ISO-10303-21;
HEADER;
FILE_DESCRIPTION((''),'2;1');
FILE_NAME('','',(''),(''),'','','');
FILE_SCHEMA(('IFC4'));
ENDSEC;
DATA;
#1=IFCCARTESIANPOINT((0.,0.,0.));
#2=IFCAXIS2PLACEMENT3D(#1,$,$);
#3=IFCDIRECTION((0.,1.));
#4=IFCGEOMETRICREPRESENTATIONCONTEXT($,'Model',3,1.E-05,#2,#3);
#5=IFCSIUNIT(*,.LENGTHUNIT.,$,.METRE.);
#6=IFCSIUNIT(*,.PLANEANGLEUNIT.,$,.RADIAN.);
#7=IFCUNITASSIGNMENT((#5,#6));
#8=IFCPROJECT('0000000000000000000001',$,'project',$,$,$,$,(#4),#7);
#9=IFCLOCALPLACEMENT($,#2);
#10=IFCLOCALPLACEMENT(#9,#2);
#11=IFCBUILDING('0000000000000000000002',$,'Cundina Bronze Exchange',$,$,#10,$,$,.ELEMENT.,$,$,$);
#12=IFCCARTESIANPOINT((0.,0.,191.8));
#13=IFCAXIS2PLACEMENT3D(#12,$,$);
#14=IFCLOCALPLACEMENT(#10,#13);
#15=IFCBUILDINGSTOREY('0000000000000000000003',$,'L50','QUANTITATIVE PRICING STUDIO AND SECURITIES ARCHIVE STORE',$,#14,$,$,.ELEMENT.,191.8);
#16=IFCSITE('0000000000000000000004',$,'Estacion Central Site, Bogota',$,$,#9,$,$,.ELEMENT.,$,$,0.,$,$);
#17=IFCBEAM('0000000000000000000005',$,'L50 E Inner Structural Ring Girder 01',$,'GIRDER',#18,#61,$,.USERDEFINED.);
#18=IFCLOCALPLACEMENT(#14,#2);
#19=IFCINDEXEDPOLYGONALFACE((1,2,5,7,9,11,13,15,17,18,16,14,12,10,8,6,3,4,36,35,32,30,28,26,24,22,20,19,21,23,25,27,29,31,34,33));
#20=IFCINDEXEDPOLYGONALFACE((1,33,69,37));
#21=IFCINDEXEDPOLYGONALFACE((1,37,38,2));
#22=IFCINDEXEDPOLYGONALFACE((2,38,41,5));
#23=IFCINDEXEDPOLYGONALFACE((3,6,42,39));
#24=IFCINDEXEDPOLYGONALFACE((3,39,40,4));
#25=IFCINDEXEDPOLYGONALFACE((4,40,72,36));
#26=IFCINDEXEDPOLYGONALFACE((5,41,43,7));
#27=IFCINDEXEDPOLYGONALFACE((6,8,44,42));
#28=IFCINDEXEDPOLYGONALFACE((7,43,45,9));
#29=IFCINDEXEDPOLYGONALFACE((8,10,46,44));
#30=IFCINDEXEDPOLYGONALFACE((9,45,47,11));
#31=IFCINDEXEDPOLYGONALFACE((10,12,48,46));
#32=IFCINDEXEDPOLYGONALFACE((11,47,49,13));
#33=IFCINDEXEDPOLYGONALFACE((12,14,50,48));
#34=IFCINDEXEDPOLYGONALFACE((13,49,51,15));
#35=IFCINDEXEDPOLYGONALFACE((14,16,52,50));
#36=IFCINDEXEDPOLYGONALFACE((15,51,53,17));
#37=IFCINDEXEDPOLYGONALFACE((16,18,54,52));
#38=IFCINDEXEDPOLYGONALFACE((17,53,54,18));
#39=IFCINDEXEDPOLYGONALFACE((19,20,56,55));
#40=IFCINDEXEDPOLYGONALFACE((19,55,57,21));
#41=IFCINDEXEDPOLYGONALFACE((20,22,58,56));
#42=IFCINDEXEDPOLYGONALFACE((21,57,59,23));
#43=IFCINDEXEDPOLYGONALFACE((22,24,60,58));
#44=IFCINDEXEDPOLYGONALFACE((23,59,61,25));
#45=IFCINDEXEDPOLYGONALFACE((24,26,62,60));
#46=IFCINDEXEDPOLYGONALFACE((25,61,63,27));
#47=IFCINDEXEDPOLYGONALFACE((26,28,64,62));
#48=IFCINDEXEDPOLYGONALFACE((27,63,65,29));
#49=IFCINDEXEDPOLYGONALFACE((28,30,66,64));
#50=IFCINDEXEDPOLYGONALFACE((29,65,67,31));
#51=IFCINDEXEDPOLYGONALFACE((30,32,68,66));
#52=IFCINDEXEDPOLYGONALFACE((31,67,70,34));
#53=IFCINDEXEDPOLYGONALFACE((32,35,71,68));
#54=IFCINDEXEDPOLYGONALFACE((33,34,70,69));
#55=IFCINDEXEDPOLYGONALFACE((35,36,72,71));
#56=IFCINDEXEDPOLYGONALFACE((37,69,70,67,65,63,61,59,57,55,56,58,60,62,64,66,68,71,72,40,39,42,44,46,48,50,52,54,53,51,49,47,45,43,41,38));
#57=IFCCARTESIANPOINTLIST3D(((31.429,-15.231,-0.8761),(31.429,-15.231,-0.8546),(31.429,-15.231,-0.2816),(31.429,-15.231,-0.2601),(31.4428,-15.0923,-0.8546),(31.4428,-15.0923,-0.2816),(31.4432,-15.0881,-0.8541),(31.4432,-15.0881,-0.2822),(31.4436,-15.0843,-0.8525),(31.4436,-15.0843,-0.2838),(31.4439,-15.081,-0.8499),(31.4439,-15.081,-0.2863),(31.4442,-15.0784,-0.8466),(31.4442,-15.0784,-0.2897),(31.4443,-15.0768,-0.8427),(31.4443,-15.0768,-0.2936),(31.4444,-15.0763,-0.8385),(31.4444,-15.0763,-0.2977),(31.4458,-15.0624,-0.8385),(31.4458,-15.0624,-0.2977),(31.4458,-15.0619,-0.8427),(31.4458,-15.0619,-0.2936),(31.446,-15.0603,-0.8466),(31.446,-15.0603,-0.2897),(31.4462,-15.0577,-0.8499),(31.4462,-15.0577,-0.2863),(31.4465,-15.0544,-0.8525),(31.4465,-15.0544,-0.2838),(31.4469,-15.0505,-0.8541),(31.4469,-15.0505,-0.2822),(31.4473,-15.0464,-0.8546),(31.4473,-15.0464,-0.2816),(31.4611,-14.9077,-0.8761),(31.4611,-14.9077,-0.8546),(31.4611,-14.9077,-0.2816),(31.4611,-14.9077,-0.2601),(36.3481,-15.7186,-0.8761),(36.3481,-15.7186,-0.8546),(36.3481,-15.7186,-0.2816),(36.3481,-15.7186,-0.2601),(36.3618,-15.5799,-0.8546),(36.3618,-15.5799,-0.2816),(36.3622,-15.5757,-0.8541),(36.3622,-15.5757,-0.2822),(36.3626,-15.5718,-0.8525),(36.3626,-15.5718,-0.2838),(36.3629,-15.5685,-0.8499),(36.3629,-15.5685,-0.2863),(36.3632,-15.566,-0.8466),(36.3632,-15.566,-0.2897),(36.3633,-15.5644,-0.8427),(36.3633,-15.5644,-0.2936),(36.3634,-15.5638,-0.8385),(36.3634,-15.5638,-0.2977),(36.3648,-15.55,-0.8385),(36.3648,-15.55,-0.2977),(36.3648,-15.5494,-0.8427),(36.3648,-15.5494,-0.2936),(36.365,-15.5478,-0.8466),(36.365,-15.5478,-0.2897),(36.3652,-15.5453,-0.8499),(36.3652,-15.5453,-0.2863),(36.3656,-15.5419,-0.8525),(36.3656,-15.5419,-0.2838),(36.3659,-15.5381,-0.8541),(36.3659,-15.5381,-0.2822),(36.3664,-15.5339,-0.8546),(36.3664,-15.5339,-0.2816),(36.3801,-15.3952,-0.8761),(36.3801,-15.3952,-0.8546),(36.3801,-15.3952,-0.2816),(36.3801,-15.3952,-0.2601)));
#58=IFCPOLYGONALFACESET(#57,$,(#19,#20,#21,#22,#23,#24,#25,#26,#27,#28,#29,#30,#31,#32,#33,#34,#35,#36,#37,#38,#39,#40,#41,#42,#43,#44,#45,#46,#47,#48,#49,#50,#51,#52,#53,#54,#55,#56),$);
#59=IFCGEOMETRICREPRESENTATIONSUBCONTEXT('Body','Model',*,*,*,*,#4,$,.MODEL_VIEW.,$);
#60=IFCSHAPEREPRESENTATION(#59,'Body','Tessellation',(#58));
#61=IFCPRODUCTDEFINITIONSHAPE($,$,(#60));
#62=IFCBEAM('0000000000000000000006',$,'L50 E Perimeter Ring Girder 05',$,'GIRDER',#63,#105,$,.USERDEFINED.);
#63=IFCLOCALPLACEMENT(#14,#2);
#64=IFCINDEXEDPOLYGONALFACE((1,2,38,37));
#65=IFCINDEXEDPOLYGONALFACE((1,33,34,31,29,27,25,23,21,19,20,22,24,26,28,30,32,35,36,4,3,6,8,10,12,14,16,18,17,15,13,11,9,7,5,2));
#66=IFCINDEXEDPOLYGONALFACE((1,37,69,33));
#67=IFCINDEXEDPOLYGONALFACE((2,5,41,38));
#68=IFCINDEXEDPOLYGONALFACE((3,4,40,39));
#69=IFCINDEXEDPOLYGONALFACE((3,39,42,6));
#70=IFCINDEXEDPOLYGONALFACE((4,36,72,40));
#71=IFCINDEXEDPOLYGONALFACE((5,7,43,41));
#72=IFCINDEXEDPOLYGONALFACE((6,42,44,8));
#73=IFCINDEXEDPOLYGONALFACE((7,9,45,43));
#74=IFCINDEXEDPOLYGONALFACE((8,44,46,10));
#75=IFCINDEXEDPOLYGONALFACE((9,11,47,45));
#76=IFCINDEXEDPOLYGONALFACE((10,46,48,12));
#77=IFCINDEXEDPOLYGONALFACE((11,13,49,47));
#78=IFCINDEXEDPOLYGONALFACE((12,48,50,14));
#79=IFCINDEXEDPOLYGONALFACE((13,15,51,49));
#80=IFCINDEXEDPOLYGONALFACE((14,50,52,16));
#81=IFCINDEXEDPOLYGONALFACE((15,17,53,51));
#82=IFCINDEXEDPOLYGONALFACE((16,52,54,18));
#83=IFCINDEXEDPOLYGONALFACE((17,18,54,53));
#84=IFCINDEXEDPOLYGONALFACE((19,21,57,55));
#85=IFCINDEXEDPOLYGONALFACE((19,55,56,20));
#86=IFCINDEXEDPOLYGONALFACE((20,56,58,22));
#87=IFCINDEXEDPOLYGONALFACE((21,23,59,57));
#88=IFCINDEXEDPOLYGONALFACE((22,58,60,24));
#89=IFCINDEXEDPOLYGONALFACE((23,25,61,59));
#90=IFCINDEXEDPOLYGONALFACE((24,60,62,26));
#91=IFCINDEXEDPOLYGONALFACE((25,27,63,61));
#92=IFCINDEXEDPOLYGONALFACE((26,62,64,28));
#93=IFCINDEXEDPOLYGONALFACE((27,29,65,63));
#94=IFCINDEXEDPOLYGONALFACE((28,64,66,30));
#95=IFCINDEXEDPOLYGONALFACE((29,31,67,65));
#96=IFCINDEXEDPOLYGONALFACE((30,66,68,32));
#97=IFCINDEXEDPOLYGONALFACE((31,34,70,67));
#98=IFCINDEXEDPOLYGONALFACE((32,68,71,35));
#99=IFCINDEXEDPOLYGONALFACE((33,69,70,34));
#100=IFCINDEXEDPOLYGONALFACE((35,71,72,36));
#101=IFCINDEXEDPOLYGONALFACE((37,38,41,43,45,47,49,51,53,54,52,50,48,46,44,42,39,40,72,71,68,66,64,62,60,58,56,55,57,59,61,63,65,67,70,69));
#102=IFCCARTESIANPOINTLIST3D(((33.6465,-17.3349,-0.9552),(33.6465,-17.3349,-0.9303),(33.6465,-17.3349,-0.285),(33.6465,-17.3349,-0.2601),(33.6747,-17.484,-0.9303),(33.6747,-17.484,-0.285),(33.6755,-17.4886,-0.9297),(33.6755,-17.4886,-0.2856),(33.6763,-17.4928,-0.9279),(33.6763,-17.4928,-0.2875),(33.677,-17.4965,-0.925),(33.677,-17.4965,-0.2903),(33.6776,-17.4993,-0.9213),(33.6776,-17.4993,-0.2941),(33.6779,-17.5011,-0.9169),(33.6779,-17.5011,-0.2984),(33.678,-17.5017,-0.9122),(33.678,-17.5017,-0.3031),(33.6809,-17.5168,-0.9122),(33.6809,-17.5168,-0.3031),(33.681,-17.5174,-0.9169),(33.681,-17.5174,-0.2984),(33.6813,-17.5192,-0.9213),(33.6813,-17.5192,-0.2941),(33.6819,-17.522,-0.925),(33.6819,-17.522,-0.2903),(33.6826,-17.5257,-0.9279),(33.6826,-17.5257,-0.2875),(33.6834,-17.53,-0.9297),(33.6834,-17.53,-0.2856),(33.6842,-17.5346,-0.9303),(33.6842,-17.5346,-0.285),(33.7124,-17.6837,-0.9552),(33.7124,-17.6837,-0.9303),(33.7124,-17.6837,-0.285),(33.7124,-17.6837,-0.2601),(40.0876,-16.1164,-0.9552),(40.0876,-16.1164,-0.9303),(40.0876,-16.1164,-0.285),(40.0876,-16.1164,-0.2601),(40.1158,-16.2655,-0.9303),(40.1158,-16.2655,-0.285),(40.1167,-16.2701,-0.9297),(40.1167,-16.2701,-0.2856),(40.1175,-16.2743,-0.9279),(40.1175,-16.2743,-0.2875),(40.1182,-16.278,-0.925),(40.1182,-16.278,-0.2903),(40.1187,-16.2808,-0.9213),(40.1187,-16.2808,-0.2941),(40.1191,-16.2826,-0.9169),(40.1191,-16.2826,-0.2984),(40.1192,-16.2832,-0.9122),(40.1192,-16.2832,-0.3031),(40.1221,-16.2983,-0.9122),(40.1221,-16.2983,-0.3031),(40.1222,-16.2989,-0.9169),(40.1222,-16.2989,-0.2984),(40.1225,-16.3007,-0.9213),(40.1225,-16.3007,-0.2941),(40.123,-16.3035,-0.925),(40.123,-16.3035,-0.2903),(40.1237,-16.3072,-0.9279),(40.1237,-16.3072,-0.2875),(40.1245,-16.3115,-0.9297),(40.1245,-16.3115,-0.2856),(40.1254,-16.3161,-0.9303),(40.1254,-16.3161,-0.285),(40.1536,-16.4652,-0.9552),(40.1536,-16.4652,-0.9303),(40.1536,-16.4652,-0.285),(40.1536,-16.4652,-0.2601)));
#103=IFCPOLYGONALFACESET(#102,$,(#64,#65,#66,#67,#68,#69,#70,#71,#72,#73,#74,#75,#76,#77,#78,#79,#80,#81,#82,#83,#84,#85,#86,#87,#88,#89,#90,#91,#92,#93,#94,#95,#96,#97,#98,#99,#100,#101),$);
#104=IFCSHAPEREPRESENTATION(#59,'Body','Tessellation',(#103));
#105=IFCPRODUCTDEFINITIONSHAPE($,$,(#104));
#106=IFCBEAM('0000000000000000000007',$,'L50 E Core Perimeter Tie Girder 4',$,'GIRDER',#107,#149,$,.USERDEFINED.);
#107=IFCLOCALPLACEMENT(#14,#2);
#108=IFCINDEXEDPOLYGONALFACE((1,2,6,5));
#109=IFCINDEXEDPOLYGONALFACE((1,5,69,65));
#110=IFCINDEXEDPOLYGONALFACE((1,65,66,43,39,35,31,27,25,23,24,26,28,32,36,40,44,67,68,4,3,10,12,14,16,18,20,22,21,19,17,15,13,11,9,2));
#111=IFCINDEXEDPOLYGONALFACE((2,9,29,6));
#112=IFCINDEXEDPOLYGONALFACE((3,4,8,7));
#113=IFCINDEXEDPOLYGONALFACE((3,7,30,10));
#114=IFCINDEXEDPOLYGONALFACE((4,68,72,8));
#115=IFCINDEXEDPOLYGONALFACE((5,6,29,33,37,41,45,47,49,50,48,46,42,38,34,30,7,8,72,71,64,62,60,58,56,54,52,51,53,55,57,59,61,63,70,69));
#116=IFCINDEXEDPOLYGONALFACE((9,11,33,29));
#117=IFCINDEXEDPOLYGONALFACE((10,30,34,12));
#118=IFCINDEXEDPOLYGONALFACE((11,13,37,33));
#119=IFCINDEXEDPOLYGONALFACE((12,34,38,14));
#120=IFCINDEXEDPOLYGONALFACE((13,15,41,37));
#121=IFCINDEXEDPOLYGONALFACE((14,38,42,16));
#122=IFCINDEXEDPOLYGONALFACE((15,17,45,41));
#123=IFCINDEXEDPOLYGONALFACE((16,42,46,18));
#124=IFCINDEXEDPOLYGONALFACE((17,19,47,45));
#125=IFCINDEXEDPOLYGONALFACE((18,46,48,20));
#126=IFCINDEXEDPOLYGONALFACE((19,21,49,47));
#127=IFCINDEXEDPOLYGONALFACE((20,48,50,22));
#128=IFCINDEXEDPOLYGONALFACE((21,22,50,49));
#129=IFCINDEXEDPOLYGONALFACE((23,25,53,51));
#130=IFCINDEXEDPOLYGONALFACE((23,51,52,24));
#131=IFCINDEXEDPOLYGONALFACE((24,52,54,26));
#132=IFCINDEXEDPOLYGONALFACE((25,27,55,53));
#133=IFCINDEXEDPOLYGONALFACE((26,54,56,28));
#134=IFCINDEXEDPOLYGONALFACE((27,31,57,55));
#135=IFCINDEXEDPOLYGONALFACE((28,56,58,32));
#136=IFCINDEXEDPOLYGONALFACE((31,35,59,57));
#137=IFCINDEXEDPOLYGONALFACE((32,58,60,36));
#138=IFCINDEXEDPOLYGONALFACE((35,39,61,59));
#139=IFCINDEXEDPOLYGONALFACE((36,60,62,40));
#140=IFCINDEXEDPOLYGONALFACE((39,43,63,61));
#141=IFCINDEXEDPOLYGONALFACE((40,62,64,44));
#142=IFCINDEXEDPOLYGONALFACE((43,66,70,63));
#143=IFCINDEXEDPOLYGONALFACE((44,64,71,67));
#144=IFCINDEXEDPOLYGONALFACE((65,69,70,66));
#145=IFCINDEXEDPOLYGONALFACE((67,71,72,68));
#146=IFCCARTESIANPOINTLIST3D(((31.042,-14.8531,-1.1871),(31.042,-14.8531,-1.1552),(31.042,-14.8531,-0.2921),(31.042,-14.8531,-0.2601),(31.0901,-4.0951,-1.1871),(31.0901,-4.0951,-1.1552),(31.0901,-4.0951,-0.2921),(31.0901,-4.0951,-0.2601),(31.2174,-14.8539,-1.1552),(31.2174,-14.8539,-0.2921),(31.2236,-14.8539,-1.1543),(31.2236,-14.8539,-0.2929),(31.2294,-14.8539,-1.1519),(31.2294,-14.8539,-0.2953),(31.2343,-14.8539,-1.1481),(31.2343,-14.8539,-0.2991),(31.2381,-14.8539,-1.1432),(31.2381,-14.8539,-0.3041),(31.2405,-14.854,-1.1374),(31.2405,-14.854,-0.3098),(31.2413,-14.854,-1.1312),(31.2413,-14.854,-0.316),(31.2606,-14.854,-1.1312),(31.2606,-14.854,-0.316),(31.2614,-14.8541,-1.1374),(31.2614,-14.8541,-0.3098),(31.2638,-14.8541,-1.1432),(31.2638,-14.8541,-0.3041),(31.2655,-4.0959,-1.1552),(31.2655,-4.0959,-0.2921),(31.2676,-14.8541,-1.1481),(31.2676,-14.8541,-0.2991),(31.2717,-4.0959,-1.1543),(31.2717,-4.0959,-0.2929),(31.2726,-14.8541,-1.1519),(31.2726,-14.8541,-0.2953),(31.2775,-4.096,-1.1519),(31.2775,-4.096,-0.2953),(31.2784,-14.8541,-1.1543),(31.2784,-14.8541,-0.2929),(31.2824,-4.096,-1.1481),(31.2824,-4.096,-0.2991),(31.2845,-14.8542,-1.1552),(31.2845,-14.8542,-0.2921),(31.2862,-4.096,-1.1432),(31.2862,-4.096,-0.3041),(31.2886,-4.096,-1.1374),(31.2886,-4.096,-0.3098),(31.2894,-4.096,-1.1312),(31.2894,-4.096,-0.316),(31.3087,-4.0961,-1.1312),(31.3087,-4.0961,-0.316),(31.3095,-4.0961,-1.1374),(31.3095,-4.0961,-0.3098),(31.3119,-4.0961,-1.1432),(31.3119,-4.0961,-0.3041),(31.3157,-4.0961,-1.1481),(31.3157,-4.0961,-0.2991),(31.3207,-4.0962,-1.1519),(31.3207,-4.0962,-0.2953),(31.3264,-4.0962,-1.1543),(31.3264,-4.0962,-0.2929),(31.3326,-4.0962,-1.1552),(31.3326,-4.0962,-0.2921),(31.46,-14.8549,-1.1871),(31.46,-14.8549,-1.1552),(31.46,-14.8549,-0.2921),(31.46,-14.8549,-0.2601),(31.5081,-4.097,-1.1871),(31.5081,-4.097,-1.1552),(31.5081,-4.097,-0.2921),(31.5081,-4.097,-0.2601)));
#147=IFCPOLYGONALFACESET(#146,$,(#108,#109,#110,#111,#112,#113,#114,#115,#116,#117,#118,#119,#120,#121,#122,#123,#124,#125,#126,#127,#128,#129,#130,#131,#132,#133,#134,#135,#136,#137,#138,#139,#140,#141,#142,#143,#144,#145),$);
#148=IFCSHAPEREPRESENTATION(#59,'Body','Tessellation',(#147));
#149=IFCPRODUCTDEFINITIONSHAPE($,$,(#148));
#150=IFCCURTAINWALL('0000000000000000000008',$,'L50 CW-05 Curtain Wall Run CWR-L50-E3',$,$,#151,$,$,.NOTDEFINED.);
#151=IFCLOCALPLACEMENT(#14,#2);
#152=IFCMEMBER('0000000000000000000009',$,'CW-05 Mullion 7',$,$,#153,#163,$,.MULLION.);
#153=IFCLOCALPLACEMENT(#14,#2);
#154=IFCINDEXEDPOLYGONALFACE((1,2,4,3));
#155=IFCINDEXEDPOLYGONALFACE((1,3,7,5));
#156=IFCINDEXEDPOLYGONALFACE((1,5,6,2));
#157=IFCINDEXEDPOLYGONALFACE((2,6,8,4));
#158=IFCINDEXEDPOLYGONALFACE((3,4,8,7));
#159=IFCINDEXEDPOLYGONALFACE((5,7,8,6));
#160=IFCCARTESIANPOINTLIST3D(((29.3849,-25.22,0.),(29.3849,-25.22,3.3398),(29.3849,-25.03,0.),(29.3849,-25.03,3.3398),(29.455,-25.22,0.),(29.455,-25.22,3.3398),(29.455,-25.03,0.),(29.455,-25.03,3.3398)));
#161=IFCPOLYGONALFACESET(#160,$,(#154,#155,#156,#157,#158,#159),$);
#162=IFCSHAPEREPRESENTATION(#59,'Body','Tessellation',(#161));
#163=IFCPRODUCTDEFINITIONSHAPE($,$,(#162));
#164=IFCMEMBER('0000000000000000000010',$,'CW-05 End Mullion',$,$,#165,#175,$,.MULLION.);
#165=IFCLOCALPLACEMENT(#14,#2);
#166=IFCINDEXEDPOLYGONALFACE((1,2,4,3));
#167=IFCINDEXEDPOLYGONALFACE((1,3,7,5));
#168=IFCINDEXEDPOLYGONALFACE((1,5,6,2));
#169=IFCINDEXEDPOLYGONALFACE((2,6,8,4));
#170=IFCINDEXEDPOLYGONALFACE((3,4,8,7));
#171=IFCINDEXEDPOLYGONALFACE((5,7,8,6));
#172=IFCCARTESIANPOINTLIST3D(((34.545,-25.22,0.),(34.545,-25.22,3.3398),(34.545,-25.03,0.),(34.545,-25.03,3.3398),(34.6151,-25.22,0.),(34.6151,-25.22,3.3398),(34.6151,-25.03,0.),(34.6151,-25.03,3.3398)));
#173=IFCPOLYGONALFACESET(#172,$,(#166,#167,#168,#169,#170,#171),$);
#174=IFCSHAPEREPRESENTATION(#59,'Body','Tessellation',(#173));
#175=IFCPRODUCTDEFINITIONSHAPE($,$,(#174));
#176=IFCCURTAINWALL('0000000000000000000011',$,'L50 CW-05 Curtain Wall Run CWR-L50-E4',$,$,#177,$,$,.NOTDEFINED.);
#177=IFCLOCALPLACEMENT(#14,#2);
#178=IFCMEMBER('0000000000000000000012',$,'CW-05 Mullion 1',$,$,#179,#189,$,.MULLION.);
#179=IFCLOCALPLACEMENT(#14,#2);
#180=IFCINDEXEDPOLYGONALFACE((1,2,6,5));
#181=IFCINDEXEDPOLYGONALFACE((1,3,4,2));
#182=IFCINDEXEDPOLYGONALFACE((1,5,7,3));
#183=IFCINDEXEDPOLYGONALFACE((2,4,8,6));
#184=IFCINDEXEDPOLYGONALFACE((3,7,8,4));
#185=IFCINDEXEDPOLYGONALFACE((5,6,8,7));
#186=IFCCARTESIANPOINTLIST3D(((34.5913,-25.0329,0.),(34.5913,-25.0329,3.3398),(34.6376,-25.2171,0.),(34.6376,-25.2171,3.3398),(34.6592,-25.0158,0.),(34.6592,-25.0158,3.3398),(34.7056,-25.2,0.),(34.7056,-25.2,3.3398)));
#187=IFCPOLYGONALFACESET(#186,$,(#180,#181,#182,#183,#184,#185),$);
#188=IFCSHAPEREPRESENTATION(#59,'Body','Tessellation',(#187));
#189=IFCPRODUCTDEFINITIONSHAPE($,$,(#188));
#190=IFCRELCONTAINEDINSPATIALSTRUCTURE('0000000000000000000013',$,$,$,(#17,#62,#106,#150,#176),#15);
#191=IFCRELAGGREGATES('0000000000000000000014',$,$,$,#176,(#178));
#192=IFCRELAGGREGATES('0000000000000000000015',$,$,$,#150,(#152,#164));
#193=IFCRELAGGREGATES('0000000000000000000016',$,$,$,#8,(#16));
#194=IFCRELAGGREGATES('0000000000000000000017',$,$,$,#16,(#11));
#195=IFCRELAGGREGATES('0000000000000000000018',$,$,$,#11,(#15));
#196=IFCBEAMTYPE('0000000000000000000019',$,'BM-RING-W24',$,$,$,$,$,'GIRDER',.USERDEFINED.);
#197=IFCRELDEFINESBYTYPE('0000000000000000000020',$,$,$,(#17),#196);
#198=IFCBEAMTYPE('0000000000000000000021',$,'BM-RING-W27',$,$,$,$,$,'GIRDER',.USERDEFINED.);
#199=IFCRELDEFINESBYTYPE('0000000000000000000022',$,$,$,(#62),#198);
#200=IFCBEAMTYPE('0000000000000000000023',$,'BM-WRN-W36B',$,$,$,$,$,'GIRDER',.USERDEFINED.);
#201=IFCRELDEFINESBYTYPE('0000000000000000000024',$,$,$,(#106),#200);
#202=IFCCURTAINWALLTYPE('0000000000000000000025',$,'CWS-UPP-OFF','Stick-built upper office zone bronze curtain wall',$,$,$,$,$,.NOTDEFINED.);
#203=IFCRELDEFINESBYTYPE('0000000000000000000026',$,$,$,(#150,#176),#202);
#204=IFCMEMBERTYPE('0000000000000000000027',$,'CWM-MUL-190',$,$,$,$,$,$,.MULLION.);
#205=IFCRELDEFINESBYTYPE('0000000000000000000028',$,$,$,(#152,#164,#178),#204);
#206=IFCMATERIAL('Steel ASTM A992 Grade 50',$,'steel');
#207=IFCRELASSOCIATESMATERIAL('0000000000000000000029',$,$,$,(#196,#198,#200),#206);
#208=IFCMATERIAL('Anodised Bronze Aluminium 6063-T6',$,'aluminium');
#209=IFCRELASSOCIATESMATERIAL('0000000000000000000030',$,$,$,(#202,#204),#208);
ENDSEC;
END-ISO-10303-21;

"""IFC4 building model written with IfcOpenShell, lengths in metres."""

from ifc_helpers import new_model, si_unit, direction, frame, origin, origin_2d, place, context, subcontext, project, spatial, rectangle, i_section, extrude, material, material_profile, profile_set, type_object, element, aggregate, save


model = new_model("IFC4")

# Units and contexts
model_context = context("Model", 3, precision=1e-05, world=origin(), true_north=direction((0.0, 1.0)))
body_context = subcontext(model_context, "Body", "Model", "MODEL_VIEW")
ifc_project = project(units=[si_unit("LENGTHUNIT", "METRE"), si_unit("PLANEANGLEUNIT", "RADIAN")], contexts=[model_context])

# Site, building, storey
site_placement = place(None, origin())
site = spatial("IfcSite", under=ifc_project, at=site_placement, Name="Estacion Central Site, Bogota", CompositionType="ELEMENT", RefElevation=0.0)
building_placement = place(site_placement, origin())
building = spatial("IfcBuilding", under=site, at=building_placement, Name="Cundina Bronze Exchange", CompositionType="ELEMENT")
storey_placement = place(building_placement, frame((0.0, 0.0, 191.8)))
storey = spatial("IfcBuildingStorey", under=building, at=storey_placement, Name="L50", Description="QUANTITATIVE PRICING STUDIO AND SECURITIES ARCHIVE STORE", CompositionType="ELEMENT", Elevation=191.8)

# Shared definitions
ifc_material_1 = material(Name="Steel ASTM A992 Grade 50", Category="steel")

# Beams
ifc_material_profile_1 = material_profile(ifc_material_1, i_section(OverallWidth=0.325, OverallDepth=0.616, WebThickness=0.0139, FlangeThickness=0.0215, FilletRadius=0.0161, at=origin_2d()), Name="W24X117", Category="steel")
ifc_profile_set_1 = profile_set([ifc_material_profile_1], Name="Steel ASTM A992 Grade 50")
beam_type_1 = type_object("IfcBeamType", Name="BM-RING-W24", ElementType="GIRDER", PredefinedType="USERDEFINED", material=ifc_profile_set_1)
beam_1_placement = place(storey_placement, frame((31.4451, -15.0693, -0.5681), z_axis=(0.995124, -0.098633, 0.0), x_axis=(0.098633, 0.995124, 0.0)))
element("IfcBeam", 1, at=beam_1_placement, inside=storey, type_object=beam_type_1, Name="L50 E Inner Structural Ring Girder 01", ObjectType="GIRDER", PredefinedType="USERDEFINED", context=body_context, shape_type="SweptSolid", body=[
    extrude(i_section(OverallWidth=0.325, OverallDepth=0.616, WebThickness=0.0139, FlangeThickness=0.0215, FilletRadius=0.0161, at=origin_2d()), origin(), (0.0, 0.0, 1.0), 4.9431),
])
ifc_material_profile_2 = material_profile(ifc_material_1, i_section(OverallWidth=0.355, OverallDepth=0.6951, WebThickness=0.0154, FlangeThickness=0.0249, FilletRadius=0.0181, at=origin_2d()), Name="W27X146", Category="steel")
ifc_profile_set_2 = profile_set([ifc_material_profile_2], Name="Steel ASTM A992 Grade 50")
beam_type_2 = type_object("IfcBeamType", Name="BM-RING-W27", ElementType="GIRDER", PredefinedType="USERDEFINED", material=ifc_profile_set_2)
beam_2_placement = place(storey_placement, frame((33.6794, -17.5093, -0.6077), z_axis=(0.982573, 0.185878, 0.0), x_axis=(-0.185878, 0.982573, 0.0)))
element("IfcBeam", 2, at=beam_2_placement, inside=storey, type_object=beam_type_2, Name="L50 E Perimeter Ring Girder 05", ObjectType="GIRDER", PredefinedType="USERDEFINED", context=body_context, shape_type="SweptSolid", body=[
    extrude(i_section(OverallWidth=0.355, OverallDepth=0.6951, WebThickness=0.0154, FlangeThickness=0.0249, FilletRadius=0.0181, at=origin_2d()), origin(), (0.0, 0.0, 1.0), 6.5554),
])
ifc_material_profile_3 = material_profile(ifc_material_1, i_section(OverallWidth=0.418, OverallDepth=0.927, WebThickness=0.0193, FlangeThickness=0.032, FilletRadius=0.0239, at=origin_2d()), Name="W36X231", Category="steel")
ifc_profile_set_3 = profile_set([ifc_material_profile_3], Name="Steel ASTM A992 Grade 50")
beam_type_3 = type_object("IfcBeamType", Name="BM-WRN-W36B", ElementType="GIRDER", PredefinedType="USERDEFINED", material=ifc_profile_set_3)
beam_3_placement = place(storey_placement, frame((31.251, -14.854, -0.7236), z_axis=(0.004471, 0.99999, 0.0), x_axis=(-0.99999, 0.004471, 0.0)))
element("IfcBeam", 3, at=beam_3_placement, inside=storey, type_object=beam_type_3, Name="L50 E Core Perimeter Tie Girder 4", ObjectType="GIRDER", PredefinedType="USERDEFINED", context=body_context, shape_type="SweptSolid", body=[
    extrude(i_section(OverallWidth=0.418, OverallDepth=0.927, WebThickness=0.0193, FlangeThickness=0.032, FilletRadius=0.0239, at=origin_2d()), origin(), (0.0, 0.0, 1.0), 10.7581),
])

# Curtain wall, members
ifc_material_2 = material(Name="Anodised Bronze Aluminium 6063-T6", Category="aluminium")
curtain_wall_type = type_object("IfcCurtainWallType", Name="CWS-UPP-OFF", Description="Stick-built upper office zone bronze curtain wall", PredefinedType="NOTDEFINED", material=ifc_material_2)
curtain_wall_1_placement = place(storey_placement, origin())
curtain_wall_1 = element("IfcCurtainWall", 4, at=curtain_wall_1_placement, inside=storey, type_object=curtain_wall_type, Name="L50 CW-05 Curtain Wall Run CWR-L50-E3", PredefinedType="NOTDEFINED")
ifc_material_profile_4 = material_profile(ifc_material_2, rectangle(XDim=0.0701, YDim=0.1899, at=origin_2d()), Name="AL70X190", Category="aluminium")
ifc_profile_set_4 = profile_set([ifc_material_profile_4], Name="Anodised Bronze Aluminium 6063-T6")
member_type_1 = type_object("IfcMemberType", Name="CWM-MUL-190", PredefinedType="MULLION", material=ifc_profile_set_4)
member_1_placement = place(storey_placement, frame((29.4199, -25.125, 0.0), z_axis=(0.0, 0.0, 1.0), x_axis=(1.0, 0.0, 0.0)))
member_1 = element("IfcMember", 5, at=member_1_placement, type_object=member_type_1, Name="CW-05 Mullion 7", PredefinedType="MULLION", context=body_context, shape_type="SweptSolid", body=[
    extrude(rectangle(XDim=0.0701, YDim=0.1899, at=origin_2d()), origin(), (0.0, 0.0, 1.0), 3.3398),
])
member_2_placement = place(storey_placement, frame((34.5801, -25.125, 0.0), z_axis=(0.0, 0.0, 1.0), x_axis=(1.0, 0.0, 0.0)))
member_2 = element("IfcMember", 6, at=member_2_placement, type_object=member_type_1, Name="CW-05 End Mullion", PredefinedType="MULLION", context=body_context, shape_type="SweptSolid", body=[
    extrude(rectangle(XDim=0.0701, YDim=0.1899, at=origin_2d()), origin(), (0.0, 0.0, 1.0), 3.3398),
])

# Curtain wall, member
curtain_wall_2_placement = place(storey_placement, origin())
curtain_wall_2 = element("IfcCurtainWall", 7, at=curtain_wall_2_placement, inside=storey, type_object=curtain_wall_type, Name="L50 CW-05 Curtain Wall Run CWR-L50-E4", PredefinedType="NOTDEFINED")
member_3_placement = place(storey_placement, frame((34.6484, -25.1165, 0.0), z_axis=(0.0, 0.0, 1.0), x_axis=(0.969744, 0.244123, 0.0)))
member_3 = element("IfcMember", 8, at=member_3_placement, type_object=member_type_1, Name="CW-05 Mullion 1", PredefinedType="MULLION", context=body_context, shape_type="SweptSolid", body=[
    extrude(rectangle(XDim=0.0701, YDim=0.1899, at=origin_2d()), origin(), (0.0, 0.0, 1.0), 3.3398),
])

aggregate(curtain_wall_2, [member_3])

aggregate(curtain_wall_1, [member_1, member_2])

save(model, "model.ifc")
